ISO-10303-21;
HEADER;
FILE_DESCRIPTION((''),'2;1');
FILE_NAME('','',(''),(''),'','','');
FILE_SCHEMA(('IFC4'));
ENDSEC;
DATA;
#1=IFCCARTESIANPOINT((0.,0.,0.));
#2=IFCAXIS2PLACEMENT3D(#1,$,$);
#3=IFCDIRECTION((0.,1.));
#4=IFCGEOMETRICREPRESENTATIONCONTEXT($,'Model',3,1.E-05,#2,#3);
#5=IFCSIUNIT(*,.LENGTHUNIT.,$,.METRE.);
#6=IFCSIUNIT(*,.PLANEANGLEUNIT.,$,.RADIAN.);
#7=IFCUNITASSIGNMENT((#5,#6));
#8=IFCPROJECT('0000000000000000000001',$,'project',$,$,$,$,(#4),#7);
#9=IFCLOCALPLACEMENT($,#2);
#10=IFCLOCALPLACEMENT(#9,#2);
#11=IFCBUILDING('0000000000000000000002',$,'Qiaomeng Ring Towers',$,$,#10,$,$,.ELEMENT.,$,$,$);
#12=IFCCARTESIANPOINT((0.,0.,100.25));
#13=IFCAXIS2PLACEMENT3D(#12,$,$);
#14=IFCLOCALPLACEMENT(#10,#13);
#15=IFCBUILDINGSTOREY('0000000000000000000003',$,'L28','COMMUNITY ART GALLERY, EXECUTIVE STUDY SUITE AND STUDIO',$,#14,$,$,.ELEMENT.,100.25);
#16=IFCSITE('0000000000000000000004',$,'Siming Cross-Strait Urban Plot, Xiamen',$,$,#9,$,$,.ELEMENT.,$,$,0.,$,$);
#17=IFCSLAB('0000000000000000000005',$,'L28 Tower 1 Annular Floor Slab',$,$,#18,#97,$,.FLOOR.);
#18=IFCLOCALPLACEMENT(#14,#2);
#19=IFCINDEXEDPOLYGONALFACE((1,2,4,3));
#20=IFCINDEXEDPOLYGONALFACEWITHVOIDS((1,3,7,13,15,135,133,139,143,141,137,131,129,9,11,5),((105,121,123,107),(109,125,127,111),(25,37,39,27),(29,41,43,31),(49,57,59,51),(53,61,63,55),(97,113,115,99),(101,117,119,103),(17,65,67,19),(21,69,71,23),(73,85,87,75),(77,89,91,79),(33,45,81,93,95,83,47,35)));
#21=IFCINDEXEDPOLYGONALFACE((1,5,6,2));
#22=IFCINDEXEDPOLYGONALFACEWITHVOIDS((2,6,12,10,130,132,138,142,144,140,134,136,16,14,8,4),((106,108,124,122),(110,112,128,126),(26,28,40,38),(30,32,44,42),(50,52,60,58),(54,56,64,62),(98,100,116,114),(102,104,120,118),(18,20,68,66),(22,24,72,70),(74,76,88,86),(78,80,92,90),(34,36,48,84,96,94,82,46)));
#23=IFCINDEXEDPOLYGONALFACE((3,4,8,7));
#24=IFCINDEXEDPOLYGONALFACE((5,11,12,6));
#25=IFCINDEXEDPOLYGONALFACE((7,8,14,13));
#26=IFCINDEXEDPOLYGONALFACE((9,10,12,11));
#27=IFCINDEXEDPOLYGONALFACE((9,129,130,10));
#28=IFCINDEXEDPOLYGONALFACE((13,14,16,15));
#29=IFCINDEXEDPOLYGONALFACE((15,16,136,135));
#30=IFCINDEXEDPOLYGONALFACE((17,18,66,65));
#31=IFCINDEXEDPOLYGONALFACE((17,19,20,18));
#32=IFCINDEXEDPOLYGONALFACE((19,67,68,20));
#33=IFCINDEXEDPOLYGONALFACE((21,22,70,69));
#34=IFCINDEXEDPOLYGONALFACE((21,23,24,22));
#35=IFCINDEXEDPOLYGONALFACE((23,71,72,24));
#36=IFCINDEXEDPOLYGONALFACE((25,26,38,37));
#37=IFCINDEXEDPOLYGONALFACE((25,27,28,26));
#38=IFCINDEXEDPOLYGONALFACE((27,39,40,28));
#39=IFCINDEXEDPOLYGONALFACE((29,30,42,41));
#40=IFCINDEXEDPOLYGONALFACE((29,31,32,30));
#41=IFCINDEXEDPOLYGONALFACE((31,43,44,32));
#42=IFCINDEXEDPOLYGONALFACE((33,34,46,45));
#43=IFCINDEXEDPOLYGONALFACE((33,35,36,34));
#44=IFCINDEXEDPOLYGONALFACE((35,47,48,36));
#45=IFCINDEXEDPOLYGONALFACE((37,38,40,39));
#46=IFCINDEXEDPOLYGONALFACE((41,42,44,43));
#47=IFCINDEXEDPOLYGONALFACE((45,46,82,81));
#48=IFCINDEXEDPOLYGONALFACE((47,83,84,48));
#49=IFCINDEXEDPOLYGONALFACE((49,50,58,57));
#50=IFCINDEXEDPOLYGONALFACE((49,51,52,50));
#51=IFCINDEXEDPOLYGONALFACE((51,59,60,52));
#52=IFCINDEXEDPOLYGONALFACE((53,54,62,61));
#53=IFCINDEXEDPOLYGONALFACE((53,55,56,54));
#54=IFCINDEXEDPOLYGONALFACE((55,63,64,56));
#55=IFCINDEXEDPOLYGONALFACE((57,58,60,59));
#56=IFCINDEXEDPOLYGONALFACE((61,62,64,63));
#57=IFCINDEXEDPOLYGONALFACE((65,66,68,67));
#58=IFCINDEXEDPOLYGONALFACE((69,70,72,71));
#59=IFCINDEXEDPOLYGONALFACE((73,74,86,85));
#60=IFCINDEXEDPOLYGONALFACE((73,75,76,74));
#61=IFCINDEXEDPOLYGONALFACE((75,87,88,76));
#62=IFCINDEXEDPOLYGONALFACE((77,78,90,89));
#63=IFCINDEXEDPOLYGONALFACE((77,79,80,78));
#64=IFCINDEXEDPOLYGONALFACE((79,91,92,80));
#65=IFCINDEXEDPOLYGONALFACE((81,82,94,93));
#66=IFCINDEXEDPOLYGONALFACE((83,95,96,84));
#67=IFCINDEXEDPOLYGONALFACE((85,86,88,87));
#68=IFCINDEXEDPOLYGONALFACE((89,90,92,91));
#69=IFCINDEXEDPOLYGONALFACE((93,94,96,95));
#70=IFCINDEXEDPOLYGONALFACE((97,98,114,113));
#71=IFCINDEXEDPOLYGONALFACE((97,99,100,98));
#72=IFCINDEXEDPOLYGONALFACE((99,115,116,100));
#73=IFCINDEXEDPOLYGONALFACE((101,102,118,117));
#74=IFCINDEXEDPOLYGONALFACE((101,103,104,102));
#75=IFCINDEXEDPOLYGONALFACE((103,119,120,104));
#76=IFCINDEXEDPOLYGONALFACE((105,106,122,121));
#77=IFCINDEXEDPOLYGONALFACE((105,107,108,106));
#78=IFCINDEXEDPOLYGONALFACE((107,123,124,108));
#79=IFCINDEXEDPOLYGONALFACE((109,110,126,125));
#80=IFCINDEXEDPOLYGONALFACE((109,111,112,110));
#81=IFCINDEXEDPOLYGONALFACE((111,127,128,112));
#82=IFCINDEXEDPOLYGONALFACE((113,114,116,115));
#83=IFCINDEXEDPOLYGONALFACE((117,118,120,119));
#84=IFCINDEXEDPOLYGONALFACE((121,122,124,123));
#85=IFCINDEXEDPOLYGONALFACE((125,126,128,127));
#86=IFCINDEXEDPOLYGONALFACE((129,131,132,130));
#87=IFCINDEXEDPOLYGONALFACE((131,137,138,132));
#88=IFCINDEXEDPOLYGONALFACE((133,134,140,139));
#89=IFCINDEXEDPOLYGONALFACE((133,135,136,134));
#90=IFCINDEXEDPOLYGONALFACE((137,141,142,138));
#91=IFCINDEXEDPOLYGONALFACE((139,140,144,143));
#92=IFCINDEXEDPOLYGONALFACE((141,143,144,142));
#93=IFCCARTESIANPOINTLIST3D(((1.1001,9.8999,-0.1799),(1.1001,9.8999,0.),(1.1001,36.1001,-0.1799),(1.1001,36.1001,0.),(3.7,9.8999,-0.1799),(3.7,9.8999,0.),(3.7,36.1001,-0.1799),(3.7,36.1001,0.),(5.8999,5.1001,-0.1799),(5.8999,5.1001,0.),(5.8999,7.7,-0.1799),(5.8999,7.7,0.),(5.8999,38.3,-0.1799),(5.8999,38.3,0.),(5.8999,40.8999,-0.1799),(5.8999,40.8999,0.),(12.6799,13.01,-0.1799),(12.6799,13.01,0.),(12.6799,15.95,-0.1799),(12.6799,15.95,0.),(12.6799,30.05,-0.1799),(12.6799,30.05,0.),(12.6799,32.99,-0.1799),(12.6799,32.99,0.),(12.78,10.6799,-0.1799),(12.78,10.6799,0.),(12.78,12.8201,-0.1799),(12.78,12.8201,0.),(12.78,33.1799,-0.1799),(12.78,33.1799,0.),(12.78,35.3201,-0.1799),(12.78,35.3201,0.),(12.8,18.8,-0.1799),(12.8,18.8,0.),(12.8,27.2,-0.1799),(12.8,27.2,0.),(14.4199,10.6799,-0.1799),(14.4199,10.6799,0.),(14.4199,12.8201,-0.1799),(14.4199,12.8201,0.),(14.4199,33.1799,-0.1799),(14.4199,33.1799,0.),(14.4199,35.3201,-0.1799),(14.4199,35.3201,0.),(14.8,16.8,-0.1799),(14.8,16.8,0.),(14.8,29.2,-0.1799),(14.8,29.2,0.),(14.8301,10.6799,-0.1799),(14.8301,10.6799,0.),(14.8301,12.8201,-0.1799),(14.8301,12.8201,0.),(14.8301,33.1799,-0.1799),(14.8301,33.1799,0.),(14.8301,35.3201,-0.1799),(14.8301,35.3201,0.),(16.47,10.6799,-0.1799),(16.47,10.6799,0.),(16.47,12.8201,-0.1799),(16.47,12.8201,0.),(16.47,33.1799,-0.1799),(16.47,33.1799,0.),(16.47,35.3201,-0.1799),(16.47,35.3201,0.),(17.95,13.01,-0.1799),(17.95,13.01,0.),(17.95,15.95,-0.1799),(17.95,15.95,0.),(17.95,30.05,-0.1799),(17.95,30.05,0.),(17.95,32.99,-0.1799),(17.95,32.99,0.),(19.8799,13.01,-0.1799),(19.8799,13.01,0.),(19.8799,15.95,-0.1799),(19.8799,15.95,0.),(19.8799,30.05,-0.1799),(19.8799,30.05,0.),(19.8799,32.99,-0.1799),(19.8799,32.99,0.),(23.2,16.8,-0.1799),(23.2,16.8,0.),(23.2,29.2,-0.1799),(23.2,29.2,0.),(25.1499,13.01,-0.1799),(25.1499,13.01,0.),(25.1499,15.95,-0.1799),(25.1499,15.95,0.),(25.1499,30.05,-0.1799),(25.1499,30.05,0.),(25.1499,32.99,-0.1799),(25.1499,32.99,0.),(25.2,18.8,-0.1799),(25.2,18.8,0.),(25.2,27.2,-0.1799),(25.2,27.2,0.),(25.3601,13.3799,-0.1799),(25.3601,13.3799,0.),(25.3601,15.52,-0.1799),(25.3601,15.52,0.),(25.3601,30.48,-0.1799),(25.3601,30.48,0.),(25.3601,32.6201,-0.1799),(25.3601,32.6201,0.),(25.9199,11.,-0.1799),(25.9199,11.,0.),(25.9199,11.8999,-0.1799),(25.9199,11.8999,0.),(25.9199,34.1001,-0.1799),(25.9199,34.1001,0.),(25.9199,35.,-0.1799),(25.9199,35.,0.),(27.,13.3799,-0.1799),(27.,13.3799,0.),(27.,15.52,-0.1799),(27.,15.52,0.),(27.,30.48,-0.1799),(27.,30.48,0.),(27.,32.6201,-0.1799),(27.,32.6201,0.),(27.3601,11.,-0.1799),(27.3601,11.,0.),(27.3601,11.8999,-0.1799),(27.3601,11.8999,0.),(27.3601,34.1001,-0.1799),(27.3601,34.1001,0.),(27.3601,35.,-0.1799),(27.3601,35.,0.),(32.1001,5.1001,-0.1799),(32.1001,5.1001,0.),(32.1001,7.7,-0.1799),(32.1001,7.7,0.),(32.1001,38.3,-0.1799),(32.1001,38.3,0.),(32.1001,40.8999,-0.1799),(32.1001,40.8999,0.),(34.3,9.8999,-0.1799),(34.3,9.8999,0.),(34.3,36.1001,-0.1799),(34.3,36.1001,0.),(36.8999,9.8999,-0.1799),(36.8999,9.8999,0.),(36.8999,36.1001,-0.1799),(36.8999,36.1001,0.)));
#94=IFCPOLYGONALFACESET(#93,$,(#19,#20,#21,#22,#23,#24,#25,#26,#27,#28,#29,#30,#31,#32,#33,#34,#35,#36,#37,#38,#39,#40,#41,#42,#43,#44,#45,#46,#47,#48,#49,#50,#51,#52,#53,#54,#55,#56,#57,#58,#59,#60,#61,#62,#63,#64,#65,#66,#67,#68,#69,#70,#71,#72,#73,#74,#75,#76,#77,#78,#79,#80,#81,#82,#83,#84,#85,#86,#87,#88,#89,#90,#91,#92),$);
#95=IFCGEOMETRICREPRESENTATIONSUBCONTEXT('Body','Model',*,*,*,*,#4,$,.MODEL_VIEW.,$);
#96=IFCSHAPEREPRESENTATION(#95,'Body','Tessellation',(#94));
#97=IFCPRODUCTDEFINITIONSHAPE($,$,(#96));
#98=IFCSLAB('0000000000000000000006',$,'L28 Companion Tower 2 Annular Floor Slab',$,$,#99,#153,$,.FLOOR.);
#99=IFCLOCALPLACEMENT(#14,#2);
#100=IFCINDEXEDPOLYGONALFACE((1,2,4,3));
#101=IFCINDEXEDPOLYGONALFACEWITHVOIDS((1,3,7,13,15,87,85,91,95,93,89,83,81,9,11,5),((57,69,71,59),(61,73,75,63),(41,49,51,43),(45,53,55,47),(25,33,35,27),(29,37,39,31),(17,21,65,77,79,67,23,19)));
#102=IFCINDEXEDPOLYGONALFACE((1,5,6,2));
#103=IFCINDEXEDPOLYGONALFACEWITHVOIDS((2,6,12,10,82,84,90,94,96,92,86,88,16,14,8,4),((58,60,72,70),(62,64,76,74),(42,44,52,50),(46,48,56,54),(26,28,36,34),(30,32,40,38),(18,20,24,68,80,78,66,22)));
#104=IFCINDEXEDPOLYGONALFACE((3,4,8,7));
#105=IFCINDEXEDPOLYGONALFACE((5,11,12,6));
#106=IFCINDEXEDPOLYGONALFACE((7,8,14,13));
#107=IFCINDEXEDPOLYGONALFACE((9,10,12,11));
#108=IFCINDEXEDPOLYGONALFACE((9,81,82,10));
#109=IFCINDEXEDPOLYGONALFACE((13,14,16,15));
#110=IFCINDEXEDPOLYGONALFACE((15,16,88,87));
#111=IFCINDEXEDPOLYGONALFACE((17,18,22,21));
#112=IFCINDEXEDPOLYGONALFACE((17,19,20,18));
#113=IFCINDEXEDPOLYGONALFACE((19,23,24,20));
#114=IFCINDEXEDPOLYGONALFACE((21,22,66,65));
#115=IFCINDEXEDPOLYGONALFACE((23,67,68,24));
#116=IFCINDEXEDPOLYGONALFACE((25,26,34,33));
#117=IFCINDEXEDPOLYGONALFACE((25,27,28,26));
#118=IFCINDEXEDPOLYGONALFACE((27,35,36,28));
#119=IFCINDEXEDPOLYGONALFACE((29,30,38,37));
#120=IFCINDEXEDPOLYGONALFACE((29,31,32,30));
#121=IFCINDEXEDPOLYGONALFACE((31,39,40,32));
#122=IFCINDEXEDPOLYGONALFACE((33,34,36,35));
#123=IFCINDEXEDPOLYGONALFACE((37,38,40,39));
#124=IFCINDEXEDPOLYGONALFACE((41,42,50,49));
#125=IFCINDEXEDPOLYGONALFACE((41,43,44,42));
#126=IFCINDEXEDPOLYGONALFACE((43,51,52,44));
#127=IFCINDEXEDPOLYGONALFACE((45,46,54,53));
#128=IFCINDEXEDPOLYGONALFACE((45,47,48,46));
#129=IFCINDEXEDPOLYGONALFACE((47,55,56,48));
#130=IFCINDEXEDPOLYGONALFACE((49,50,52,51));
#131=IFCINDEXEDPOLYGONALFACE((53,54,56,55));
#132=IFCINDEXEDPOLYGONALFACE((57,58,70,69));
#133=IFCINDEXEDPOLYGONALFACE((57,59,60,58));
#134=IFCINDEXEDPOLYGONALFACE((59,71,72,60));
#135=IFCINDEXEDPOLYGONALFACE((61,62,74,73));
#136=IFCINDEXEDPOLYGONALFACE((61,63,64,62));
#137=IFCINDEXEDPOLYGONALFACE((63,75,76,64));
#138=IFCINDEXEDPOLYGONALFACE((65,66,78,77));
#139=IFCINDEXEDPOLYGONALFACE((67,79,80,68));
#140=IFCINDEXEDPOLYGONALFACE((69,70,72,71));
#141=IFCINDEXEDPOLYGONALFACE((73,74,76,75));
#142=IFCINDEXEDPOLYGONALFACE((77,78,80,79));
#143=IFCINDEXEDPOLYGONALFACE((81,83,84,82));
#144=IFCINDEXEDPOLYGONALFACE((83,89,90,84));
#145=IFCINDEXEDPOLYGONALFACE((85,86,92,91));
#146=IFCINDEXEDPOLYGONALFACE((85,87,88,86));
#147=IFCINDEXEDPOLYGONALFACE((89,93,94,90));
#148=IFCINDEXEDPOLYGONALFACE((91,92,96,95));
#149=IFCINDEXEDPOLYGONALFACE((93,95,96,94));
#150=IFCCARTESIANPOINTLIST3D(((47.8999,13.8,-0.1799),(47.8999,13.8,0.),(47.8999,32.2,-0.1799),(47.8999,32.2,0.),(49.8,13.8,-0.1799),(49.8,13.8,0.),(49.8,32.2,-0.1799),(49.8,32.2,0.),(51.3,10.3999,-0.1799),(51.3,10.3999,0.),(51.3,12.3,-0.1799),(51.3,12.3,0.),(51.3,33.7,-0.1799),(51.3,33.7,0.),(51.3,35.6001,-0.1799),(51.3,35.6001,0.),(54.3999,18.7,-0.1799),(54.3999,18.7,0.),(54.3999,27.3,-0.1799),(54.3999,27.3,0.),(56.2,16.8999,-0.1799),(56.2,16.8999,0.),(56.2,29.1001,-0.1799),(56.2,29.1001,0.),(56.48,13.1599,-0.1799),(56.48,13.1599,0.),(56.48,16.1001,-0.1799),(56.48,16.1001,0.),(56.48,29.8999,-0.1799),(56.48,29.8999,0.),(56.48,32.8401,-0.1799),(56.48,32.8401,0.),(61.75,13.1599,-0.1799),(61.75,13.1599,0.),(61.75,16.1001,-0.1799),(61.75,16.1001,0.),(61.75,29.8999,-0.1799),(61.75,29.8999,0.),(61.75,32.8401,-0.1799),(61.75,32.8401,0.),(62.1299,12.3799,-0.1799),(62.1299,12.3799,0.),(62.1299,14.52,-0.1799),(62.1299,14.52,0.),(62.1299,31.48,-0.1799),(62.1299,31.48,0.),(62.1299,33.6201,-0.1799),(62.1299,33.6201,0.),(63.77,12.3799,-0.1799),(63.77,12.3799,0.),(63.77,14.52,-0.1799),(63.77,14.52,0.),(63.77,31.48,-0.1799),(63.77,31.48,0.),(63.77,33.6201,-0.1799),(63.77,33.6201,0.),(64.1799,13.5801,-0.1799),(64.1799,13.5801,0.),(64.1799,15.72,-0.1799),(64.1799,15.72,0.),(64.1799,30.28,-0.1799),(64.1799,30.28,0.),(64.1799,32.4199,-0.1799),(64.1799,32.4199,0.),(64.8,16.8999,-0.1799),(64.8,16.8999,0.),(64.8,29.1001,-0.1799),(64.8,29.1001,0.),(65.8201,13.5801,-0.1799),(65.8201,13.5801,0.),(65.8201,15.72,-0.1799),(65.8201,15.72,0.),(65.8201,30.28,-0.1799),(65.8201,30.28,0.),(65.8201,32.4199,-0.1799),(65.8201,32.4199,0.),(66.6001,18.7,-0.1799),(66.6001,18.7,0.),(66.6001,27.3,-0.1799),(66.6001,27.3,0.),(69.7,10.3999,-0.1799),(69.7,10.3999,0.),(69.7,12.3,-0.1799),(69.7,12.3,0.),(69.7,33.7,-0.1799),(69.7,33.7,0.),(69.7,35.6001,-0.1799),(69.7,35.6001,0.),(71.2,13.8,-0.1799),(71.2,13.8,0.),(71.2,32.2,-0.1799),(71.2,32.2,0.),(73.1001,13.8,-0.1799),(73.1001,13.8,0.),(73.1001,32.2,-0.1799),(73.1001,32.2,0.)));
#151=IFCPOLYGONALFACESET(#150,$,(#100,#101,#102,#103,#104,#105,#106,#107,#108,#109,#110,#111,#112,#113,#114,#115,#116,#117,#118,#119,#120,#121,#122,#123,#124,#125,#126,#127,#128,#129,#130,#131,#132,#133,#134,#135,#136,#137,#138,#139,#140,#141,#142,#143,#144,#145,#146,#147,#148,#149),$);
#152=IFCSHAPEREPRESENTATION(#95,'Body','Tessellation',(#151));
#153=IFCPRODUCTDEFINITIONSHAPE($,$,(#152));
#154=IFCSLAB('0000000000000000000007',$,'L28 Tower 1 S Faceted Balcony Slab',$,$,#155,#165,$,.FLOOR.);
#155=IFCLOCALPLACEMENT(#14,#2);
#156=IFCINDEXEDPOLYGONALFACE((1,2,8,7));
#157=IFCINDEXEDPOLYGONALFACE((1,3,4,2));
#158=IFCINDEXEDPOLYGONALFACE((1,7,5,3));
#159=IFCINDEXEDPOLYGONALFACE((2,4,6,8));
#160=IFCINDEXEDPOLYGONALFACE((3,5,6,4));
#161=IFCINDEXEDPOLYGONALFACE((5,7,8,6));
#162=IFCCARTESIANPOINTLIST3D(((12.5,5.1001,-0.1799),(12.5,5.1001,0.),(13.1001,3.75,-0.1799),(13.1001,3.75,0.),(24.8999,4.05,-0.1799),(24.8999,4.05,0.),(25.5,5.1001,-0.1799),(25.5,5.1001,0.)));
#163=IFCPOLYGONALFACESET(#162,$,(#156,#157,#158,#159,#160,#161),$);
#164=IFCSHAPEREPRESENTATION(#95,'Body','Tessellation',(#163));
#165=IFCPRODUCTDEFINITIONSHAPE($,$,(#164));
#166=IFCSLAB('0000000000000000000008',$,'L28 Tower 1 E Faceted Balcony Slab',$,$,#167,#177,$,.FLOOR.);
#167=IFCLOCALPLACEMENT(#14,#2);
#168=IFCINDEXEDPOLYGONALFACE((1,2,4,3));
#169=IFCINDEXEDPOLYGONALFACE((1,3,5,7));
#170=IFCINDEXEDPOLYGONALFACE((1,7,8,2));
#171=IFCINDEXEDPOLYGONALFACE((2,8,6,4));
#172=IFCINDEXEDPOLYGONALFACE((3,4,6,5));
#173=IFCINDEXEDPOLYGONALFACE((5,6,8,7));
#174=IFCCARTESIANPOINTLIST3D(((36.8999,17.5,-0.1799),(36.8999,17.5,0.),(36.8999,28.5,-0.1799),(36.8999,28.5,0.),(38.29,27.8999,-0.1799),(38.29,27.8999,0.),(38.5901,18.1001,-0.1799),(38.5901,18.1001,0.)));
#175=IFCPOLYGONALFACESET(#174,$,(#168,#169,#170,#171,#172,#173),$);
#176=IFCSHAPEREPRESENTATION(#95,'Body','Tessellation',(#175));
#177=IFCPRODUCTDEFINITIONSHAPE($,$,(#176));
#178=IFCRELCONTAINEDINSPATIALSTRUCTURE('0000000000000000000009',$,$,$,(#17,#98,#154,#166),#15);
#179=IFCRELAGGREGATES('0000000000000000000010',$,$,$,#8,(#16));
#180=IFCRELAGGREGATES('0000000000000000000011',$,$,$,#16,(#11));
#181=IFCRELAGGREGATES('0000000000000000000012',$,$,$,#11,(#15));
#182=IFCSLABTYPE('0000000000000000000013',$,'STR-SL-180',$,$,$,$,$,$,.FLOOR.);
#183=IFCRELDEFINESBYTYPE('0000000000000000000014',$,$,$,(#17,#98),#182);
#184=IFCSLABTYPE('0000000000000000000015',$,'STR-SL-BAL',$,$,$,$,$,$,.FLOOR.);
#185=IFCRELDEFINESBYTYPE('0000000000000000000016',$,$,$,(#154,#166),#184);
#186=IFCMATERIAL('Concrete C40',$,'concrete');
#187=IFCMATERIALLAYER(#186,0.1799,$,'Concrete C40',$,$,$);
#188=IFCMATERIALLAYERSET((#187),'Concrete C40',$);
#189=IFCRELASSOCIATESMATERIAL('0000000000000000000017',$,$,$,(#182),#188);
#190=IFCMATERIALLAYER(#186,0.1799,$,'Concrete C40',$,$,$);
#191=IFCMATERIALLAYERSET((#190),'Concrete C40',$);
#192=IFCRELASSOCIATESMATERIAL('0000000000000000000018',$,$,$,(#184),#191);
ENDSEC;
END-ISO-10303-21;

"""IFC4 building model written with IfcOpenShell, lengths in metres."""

from ifc_helpers import new_model, si_unit, direction, frame, origin, place, context, subcontext, project, spatial, polyline, outline, extrude, material, layer, layer_set, type_object, element, save


model = new_model("IFC4")

# Units and contexts
model_context = context("Model", 3, precision=1e-05, world=origin(), true_north=direction((0.0, 1.0)))
body_context = subcontext(model_context, "Body", "Model", "MODEL_VIEW")
ifc_project = project(units=[si_unit("LENGTHUNIT", "METRE"), si_unit("PLANEANGLEUNIT", "RADIAN")], contexts=[model_context])

# Site, building, storey
site_placement = place(None, origin())
site = spatial("IfcSite", under=ifc_project, at=site_placement, Name="Siming Cross-Strait Urban Plot, Xiamen", CompositionType="ELEMENT", RefElevation=0.0)
building_placement = place(site_placement, origin())
building = spatial("IfcBuilding", under=site, at=building_placement, Name="Qiaomeng Ring Towers", CompositionType="ELEMENT")
storey_placement = place(building_placement, frame((0.0, 0.0, 100.25)))
storey = spatial("IfcBuildingStorey", under=building, at=storey_placement, Name="L28", Description="COMMUNITY ART GALLERY, EXECUTIVE STUDY SUITE AND STUDIO", CompositionType="ELEMENT", Elevation=100.25)

# Slabs
ifc_material_1 = material(Name="Concrete C40", Category="concrete")
ifc_layer_1 = layer(ifc_material_1, 0.1799, Name="Concrete C40")
ifc_layer_set_1 = layer_set([ifc_layer_1], Name="Concrete C40")
slab_type_1 = type_object("IfcSlabType", Name="STR-SL-180", PredefinedType="FLOOR", material=ifc_layer_set_1)
slab_1_placement = place(storey_placement, frame((0.0, 0.0, -0.1799)))
element("IfcSlab", 1, at=slab_1_placement, inside=storey, type_object=slab_type_1, Name="L28 Tower 1 Annular Floor Slab", PredefinedType="FLOOR", context=body_context, shape_type="SweptSolid", body=[
    extrude(outline(polyline([(5.8999, 5.1001), (32.1001, 5.1001), (32.1001, 7.7), (34.3, 9.8999), (36.8999, 9.8999), (36.8999, 36.1001), (34.3, 36.1001), (32.1001, 38.3), (32.1001, 40.8999), (5.8999, 40.8999), (5.8999, 38.3), (3.7, 36.1001), (1.1001, 36.1001), (1.1001, 9.8999), (3.7, 9.8999), (5.8999, 7.7), (5.8999, 5.1001)]), holes=[polyline([(12.78, 10.6799), (12.78, 12.8201), (14.4199, 12.8201), (14.4199, 10.6799), (12.78, 10.6799)]), polyline([(14.8301, 12.8201), (16.47, 12.8201), (16.47, 10.6799), (14.8301, 10.6799), (14.8301, 12.8201)]), polyline([(12.6799, 15.95), (17.95, 15.95), (17.95, 13.01), (12.6799, 13.01), (12.6799, 15.95)]), polyline([(23.2, 29.2), (25.2, 27.2), (25.2, 18.8), (23.2, 16.8), (14.8, 16.8), (12.8, 18.8), (12.8, 27.2), (14.8, 29.2), (23.2, 29.2)]), polyline([(12.6799, 32.99), (17.95, 32.99), (17.95, 30.05), (12.6799, 30.05), (12.6799, 32.99)]), polyline([(12.78, 35.3201), (14.4199, 35.3201), (14.4199, 33.1799), (12.78, 33.1799), (12.78, 35.3201)]), polyline([(14.8301, 33.1799), (14.8301, 35.3201), (16.47, 35.3201), (16.47, 33.1799), (14.8301, 33.1799)]), polyline([(25.9199, 11.8999), (27.3601, 11.8999), (27.3601, 11.0), (25.9199, 11.0), (25.9199, 11.8999)]), polyline([(25.3601, 15.52), (27.0, 15.52), (27.0, 13.3799), (25.3601, 13.3799), (25.3601, 15.52)]), polyline([(19.8799, 15.95), (25.1499, 15.95), (25.1499, 13.01), (19.8799, 13.01), (19.8799, 15.95)]), polyline([(19.8799, 32.99), (25.1499, 32.99), (25.1499, 30.05), (19.8799, 30.05), (19.8799, 32.99)]), polyline([(25.3601, 32.6201), (27.0, 32.6201), (27.0, 30.48), (25.3601, 30.48), (25.3601, 32.6201)]), polyline([(25.9199, 35.0), (27.3601, 35.0), (27.3601, 34.1001), (25.9199, 34.1001), (25.9199, 35.0)])]), origin(), (0.0, 0.0, 1.0), 0.1799),
])
slab_2_placement = place(storey_placement, frame((0.0, 0.0, -0.1799)))
element("IfcSlab", 2, at=slab_2_placement, inside=storey, type_object=slab_type_1, Name="L28 Companion Tower 2 Annular Floor Slab", PredefinedType="FLOOR", context=body_context, shape_type="SweptSolid", body=[
    extrude(outline(polyline([(51.3, 10.3999), (69.7, 10.3999), (69.7, 12.3), (71.2, 13.8), (73.1001, 13.8), (73.1001, 32.2), (71.2, 32.2), (69.7, 33.7), (69.7, 35.6001), (51.3, 35.6001), (51.3, 33.7), (49.8, 32.2), (47.8999, 32.2), (47.8999, 13.8), (49.8, 13.8), (51.3, 12.3), (51.3, 10.3999)]), holes=[polyline([(62.1299, 12.3799), (62.1299, 14.52), (63.77, 14.52), (63.77, 12.3799), (62.1299, 12.3799)]), polyline([(56.48, 13.1599), (56.48, 16.1001), (61.75, 16.1001), (61.75, 13.1599), (56.48, 13.1599)]), polyline([(64.1799, 13.5801), (64.1799, 15.72), (65.8201, 15.72), (65.8201, 13.5801), (64.1799, 13.5801)]), polyline([(64.8, 29.1001), (66.6001, 27.3), (66.6001, 18.7), (64.8, 16.8999), (56.2, 16.8999), (54.3999, 18.7), (54.3999, 27.3), (56.2, 29.1001), (64.8, 29.1001)]), polyline([(64.1799, 30.28), (64.1799, 32.4199), (65.8201, 32.4199), (65.8201, 30.28), (64.1799, 30.28)]), polyline([(56.48, 32.8401), (61.75, 32.8401), (61.75, 29.8999), (56.48, 29.8999), (56.48, 32.8401)]), polyline([(62.1299, 33.6201), (63.77, 33.6201), (63.77, 31.48), (62.1299, 31.48), (62.1299, 33.6201)])]), origin(), (0.0, 0.0, 1.0), 0.1799),
])
ifc_layer_2 = layer(ifc_material_1, 0.1799, Name="Concrete C40")
ifc_layer_set_2 = layer_set([ifc_layer_2], Name="Concrete C40")
slab_type_2 = type_object("IfcSlabType", Name="STR-SL-BAL", PredefinedType="FLOOR", material=ifc_layer_set_2)
slab_3_placement = place(storey_placement, frame((0.0, 0.0, -0.1799)))
element("IfcSlab", 3, at=slab_3_placement, inside=storey, type_object=slab_type_2, Name="L28 Tower 1 S Faceted Balcony Slab", PredefinedType="FLOOR", context=body_context, shape_type="SweptSolid", body=[
    extrude(outline(polyline([(24.8999, 4.05), (13.1001, 3.75), (12.5, 5.1001), (25.5, 5.1001), (24.8999, 4.05)])), origin(), (0.0, 0.0, 1.0), 0.1799),
])
slab_4_placement = place(storey_placement, frame((0.0, 0.0, -0.1799)))
element("IfcSlab", 4, at=slab_4_placement, inside=storey, type_object=slab_type_2, Name="L28 Tower 1 E Faceted Balcony Slab", PredefinedType="FLOOR", context=body_context, shape_type="SweptSolid", body=[
    extrude(outline(polyline([(38.29, 27.8999), (38.5901, 18.1001), (36.8999, 17.5), (36.8999, 28.5), (38.29, 27.8999)])), origin(), (0.0, 0.0, 1.0), 0.1799),
])

save(model, "model.ifc")
